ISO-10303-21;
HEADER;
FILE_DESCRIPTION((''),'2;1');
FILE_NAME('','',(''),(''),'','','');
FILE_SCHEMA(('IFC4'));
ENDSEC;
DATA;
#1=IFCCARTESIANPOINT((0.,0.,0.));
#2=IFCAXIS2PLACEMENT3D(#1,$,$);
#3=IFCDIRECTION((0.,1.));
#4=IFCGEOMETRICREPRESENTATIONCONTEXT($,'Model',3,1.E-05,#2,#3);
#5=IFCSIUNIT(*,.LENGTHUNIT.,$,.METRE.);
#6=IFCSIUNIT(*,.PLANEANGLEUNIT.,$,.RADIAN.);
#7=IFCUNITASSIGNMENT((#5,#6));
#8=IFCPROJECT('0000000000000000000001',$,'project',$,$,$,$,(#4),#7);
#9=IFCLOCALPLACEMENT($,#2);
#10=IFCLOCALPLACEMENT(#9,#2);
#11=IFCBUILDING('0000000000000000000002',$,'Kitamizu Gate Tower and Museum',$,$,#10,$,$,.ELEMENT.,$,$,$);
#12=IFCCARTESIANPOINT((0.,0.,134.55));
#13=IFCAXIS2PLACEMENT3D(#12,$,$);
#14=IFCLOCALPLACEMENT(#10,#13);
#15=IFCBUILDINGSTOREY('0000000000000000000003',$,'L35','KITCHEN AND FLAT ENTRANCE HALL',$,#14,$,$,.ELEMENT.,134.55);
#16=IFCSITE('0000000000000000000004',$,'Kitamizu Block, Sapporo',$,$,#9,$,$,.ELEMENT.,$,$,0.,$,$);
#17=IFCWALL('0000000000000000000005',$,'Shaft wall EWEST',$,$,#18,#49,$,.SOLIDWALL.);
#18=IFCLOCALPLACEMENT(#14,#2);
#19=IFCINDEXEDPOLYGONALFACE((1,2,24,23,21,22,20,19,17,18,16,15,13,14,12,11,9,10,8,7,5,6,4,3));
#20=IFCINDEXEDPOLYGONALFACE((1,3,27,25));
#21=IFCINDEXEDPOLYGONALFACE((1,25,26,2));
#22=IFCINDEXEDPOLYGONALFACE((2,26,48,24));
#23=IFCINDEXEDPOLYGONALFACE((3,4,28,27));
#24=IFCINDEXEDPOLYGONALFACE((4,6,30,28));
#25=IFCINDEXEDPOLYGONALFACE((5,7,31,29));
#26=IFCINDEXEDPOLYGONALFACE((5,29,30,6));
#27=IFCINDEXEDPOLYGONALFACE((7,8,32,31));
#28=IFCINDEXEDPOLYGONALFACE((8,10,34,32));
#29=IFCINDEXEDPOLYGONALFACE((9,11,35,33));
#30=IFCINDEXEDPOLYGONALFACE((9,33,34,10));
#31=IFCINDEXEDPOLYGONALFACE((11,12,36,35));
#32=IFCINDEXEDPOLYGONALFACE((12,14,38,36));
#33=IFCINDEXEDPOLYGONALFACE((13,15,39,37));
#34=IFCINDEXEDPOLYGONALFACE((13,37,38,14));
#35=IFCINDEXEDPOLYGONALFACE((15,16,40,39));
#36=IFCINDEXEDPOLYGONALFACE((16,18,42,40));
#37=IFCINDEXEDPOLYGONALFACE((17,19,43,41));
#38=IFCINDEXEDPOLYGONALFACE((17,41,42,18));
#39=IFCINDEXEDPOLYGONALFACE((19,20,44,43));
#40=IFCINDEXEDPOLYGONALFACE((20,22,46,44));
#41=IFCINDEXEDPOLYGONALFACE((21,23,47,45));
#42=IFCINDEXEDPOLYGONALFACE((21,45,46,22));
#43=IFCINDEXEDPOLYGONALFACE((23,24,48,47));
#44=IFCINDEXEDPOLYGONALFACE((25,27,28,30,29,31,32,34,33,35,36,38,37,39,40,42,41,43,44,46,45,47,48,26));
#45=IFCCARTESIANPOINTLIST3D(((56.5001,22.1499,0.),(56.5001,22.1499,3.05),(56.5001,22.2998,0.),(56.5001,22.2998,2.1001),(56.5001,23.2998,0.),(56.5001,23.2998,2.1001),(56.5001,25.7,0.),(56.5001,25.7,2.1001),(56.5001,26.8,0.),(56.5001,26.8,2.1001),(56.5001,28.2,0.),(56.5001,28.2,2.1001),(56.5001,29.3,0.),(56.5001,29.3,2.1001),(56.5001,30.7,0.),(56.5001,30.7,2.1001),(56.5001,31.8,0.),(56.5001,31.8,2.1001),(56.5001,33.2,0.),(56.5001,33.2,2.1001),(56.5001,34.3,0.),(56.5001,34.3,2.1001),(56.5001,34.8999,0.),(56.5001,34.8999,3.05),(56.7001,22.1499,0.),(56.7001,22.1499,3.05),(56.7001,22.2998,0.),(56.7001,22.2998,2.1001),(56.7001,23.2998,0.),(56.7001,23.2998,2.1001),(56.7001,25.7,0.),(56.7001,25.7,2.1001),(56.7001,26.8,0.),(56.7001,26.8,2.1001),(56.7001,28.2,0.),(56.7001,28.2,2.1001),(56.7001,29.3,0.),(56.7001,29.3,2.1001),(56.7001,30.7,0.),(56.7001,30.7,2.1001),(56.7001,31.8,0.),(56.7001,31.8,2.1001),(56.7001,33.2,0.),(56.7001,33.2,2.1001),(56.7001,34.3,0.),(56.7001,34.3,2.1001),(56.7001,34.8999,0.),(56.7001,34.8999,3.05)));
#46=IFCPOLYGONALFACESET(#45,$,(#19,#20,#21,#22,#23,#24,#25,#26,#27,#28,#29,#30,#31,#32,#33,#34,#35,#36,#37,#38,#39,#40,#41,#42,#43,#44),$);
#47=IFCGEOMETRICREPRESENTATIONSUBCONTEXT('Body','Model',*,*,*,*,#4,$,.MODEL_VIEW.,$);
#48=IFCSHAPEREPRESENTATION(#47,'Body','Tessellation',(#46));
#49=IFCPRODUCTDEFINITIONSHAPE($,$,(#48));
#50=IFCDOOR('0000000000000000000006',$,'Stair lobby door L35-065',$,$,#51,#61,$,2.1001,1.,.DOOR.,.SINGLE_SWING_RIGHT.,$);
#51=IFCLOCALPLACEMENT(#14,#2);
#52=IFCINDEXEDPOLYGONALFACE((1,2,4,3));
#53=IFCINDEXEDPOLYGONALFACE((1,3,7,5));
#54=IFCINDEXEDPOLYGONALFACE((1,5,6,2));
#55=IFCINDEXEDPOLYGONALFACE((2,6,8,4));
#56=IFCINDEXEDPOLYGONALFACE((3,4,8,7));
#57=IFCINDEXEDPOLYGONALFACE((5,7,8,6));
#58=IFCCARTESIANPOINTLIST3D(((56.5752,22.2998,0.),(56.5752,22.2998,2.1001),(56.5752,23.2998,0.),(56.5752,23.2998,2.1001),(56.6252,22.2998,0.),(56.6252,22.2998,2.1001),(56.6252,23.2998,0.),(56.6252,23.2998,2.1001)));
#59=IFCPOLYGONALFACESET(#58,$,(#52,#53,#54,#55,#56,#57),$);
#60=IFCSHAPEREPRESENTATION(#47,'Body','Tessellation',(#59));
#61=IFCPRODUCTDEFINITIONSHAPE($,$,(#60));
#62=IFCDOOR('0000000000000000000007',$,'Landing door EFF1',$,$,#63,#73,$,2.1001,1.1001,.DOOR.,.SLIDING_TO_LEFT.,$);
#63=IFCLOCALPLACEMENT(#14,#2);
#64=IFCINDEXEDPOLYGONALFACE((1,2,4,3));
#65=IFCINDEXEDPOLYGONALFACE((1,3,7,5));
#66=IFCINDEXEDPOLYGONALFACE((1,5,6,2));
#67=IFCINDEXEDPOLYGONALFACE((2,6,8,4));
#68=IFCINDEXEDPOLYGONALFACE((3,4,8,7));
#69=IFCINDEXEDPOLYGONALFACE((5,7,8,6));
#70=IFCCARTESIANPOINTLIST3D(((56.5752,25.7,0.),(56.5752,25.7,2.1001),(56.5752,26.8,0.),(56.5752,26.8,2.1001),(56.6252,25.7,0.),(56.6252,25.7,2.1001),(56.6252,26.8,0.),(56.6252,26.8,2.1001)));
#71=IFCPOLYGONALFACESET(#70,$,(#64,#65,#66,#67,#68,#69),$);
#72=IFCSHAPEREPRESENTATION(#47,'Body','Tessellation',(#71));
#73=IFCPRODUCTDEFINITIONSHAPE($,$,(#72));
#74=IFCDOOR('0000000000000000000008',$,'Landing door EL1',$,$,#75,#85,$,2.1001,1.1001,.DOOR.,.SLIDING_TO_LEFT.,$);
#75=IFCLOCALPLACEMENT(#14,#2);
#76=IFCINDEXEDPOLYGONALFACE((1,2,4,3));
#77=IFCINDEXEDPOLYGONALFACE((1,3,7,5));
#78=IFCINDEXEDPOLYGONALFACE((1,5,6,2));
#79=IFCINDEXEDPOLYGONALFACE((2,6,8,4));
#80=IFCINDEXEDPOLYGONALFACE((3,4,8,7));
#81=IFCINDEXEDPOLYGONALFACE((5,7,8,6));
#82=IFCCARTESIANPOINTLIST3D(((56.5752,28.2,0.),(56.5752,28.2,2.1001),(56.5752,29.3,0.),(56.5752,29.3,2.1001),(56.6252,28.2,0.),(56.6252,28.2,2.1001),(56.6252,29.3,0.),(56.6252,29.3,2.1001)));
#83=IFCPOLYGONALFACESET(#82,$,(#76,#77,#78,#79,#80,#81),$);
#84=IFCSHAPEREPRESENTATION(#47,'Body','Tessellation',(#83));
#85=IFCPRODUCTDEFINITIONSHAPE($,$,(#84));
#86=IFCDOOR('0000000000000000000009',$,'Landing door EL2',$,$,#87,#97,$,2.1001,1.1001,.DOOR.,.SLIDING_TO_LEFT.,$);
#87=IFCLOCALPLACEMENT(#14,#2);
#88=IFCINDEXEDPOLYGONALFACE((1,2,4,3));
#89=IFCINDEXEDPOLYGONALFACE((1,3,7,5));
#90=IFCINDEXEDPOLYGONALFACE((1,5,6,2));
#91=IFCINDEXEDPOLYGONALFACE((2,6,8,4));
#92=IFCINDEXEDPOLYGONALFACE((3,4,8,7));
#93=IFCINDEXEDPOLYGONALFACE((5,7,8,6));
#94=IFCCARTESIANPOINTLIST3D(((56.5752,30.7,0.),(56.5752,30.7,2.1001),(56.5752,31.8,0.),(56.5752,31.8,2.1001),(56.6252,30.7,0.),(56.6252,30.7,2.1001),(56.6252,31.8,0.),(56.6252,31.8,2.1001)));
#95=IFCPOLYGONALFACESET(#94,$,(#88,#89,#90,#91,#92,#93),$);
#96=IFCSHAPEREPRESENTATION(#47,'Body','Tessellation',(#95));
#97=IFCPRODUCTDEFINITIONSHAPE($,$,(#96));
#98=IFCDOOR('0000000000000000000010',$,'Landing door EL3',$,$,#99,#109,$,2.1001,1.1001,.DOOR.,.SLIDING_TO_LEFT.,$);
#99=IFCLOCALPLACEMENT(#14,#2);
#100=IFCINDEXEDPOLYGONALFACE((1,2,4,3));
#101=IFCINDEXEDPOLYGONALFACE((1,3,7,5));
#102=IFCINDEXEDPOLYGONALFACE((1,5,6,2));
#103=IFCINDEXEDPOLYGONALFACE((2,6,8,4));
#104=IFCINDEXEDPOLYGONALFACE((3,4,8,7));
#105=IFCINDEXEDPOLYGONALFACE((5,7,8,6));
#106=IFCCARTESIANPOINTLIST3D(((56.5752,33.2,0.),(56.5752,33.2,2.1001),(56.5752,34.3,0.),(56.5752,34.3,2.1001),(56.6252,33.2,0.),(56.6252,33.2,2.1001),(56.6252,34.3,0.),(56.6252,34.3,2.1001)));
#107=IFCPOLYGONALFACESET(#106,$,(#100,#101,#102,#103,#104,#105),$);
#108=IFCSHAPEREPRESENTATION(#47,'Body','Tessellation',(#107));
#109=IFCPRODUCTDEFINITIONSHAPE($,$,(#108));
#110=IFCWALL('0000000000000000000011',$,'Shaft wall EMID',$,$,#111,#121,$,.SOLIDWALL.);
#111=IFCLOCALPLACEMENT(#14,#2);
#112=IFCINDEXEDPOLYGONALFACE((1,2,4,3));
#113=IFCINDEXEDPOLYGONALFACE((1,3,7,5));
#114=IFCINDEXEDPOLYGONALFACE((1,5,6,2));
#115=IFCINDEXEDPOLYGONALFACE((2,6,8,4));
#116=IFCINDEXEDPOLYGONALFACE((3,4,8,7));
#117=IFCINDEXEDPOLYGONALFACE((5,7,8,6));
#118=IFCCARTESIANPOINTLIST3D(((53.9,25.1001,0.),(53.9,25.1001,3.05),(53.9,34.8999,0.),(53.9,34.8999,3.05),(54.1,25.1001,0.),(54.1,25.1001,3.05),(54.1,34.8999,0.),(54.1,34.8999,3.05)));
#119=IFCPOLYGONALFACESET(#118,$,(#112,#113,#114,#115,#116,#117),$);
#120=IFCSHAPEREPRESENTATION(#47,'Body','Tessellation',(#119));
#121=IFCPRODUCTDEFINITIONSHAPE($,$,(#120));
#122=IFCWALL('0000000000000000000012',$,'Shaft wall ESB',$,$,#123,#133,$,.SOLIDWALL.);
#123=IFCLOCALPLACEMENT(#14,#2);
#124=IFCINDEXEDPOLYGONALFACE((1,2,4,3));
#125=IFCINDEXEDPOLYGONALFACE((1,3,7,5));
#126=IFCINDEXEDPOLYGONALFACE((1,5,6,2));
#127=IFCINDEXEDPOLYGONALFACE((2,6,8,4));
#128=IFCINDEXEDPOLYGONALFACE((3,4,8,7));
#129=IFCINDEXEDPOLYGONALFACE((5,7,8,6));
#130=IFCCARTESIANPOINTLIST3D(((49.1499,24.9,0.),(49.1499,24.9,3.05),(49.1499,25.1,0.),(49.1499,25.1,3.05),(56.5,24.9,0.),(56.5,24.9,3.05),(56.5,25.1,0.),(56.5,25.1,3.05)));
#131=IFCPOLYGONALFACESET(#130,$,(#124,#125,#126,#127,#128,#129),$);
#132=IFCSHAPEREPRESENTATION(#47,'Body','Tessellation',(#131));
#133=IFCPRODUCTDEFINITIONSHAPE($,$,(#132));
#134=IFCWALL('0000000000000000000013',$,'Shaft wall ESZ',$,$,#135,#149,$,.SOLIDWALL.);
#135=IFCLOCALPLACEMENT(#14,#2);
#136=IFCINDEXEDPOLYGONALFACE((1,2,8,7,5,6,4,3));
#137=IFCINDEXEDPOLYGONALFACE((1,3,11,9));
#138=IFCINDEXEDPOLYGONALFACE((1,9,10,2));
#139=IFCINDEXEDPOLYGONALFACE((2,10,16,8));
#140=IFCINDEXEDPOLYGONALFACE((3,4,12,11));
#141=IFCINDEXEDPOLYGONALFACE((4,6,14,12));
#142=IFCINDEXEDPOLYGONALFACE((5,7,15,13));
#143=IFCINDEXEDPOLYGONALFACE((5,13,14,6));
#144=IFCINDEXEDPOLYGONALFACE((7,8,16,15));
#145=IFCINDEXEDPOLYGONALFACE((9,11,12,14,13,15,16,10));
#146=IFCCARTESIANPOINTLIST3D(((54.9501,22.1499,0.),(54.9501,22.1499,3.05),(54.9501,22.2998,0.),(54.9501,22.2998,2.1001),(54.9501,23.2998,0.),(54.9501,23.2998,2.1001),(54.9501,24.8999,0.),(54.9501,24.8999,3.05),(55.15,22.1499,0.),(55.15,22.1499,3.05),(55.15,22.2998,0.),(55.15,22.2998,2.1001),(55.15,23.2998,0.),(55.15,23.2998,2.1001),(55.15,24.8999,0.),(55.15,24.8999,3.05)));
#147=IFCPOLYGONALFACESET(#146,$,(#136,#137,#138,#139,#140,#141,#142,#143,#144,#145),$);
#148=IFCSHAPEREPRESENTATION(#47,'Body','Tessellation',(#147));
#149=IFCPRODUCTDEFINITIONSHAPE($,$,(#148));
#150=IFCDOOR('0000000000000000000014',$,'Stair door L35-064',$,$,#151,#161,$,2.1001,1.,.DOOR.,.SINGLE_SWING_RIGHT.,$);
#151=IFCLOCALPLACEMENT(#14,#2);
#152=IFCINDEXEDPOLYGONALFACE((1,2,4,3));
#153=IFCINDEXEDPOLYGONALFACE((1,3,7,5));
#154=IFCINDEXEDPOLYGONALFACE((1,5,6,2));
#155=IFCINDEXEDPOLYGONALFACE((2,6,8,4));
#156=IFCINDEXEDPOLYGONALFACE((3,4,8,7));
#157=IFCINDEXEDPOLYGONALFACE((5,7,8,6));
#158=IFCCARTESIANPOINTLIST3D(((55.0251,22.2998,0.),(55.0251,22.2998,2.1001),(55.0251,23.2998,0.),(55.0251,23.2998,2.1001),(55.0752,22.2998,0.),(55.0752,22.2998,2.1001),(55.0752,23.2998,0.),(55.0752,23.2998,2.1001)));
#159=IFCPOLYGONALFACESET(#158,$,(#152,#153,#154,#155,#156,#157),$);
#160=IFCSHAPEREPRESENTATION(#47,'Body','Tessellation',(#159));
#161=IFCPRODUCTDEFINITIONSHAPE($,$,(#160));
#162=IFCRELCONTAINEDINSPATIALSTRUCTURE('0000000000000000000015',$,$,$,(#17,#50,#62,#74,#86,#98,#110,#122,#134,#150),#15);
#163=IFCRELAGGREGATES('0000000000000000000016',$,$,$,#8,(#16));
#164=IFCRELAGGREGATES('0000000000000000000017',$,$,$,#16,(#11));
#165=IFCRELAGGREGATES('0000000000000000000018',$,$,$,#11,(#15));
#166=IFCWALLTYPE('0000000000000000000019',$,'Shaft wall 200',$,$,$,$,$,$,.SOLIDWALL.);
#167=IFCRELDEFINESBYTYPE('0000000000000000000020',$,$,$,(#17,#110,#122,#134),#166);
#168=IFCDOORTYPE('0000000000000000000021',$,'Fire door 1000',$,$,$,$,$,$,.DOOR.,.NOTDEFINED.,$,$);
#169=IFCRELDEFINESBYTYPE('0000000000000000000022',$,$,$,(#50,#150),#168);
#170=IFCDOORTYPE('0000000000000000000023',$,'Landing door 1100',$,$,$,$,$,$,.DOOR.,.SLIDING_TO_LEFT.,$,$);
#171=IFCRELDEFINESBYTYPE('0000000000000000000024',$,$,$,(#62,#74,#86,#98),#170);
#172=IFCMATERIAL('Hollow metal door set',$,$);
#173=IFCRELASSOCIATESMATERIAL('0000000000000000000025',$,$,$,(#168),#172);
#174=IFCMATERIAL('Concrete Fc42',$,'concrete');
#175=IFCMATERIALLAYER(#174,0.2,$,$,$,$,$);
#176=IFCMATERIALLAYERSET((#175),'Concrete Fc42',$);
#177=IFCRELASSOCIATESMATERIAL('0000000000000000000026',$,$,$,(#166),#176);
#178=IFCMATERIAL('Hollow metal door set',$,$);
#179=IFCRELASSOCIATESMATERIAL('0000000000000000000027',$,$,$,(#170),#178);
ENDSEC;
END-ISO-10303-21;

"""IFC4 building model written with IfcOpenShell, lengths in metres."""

from ifc_helpers import new_model, si_unit, direction, frame, frame_2d, origin, place, context, subcontext, project, spatial, rectangle, extrude, material, layer, layer_set, type_object, element, fill, save


model = new_model("IFC4")

# Units and contexts
model_context = context("Model", 3, precision=1e-05, world=origin(), true_north=direction((0.0, 1.0)))
body_context = subcontext(model_context, "Body", "Model", "MODEL_VIEW")
ifc_project = project(units=[si_unit("LENGTHUNIT", "METRE"), si_unit("PLANEANGLEUNIT", "RADIAN")], contexts=[model_context])

# Site, building, storey
site_placement = place(None, origin())
site = spatial("IfcSite", under=ifc_project, at=site_placement, Name="Kitamizu Block, Sapporo", CompositionType="ELEMENT", RefElevation=0.0)
building_placement = place(site_placement, origin())
building = spatial("IfcBuilding", under=site, at=building_placement, Name="Kitamizu Gate Tower and Museum", CompositionType="ELEMENT")
storey_placement = place(building_placement, frame((0.0, 0.0, 134.55)))
storey = spatial("IfcBuildingStorey", under=building, at=storey_placement, Name="L35", Description="KITCHEN AND FLAT ENTRANCE HALL", CompositionType="ELEMENT", Elevation=134.55)

# Shared definitions
ifc_material_1 = material(Name="Hollow metal door set")
door_type_1 = type_object("IfcDoorType", Name="Fire door 1000", OperationType="NOTDEFINED", PredefinedType="DOOR", material=ifc_material_1)

# Wall, openings, doors
ifc_material_2 = material(Name="Concrete Fc42", Category="concrete")
ifc_layer_1 = layer(ifc_material_2, 0.2)
ifc_layer_set_1 = layer_set([ifc_layer_1], Name="Concrete Fc42")
wall_type_1 = type_object("IfcWallType", Name="Shaft wall 200", PredefinedType="SOLIDWALL", material=ifc_layer_set_1)
wall_1_placement = place(storey_placement, frame((56.6001, 22.1499, 0.0), z_axis=(0.0, 0.0, 1.0), x_axis=(0.0, 1.0, 0.0)))
wall_1 = element("IfcWall", 1, at=wall_1_placement, inside=storey, type_object=wall_type_1, Name="Shaft wall EWEST", PredefinedType="SOLIDWALL", context=body_context, shape_type="SweptSolid", body=[
    extrude(rectangle(XDim=12.75, YDim=0.2, at=frame_2d((6.375, 0.0))), origin(), (0.0, 0.0, 1.0), 3.05),
])
opening_1_placement = place(wall_1_placement, frame((3.55, 0.0, 0.0)))
opening_1 = element("IfcOpeningElement", 2, at=opening_1_placement, cuts=wall_1, PredefinedType="OPENING", context=body_context, shape_type="SweptSolid", body=[
    extrude(rectangle(XDim=1.1001, YDim=2.1001, at=frame_2d((0.55, 1.05))), frame((0.0, 0.1099, 0.0), z_axis=(0.0, -1.0, 0.0), x_axis=(1.0, 0.0, 0.0)), (0.0, 0.0, 1.0), 0.22),
])
opening_2_placement = place(wall_1_placement, frame((6.05, 0.0, 0.0)))
opening_2 = element("IfcOpeningElement", 3, at=opening_2_placement, cuts=wall_1, PredefinedType="OPENING", context=body_context, shape_type="SweptSolid", body=[
    extrude(rectangle(XDim=1.1001, YDim=2.1001, at=frame_2d((0.55, 1.05))), frame((0.0, 0.1099, 0.0), z_axis=(0.0, -1.0, 0.0), x_axis=(1.0, 0.0, 0.0)), (0.0, 0.0, 1.0), 0.22),
])
opening_3_placement = place(wall_1_placement, frame((8.55, 0.0, 0.0)))
opening_3 = element("IfcOpeningElement", 4, at=opening_3_placement, cuts=wall_1, PredefinedType="OPENING", context=body_context, shape_type="SweptSolid", body=[
    extrude(rectangle(XDim=1.1001, YDim=2.1001, at=frame_2d((0.55, 1.05))), frame((0.0, 0.1099, 0.0), z_axis=(0.0, -1.0, 0.0), x_axis=(1.0, 0.0, 0.0)), (0.0, 0.0, 1.0), 0.22),
])
opening_4_placement = place(wall_1_placement, frame((11.05, 0.0, 0.0)))
opening_4 = element("IfcOpeningElement", 5, at=opening_4_placement, cuts=wall_1, PredefinedType="OPENING", context=body_context, shape_type="SweptSolid", body=[
    extrude(rectangle(XDim=1.1001, YDim=2.1001, at=frame_2d((0.55, 1.05))), frame((0.0, 0.1099, 0.0), z_axis=(0.0, -1.0, 0.0), x_axis=(1.0, 0.0, 0.0)), (0.0, 0.0, 1.0), 0.22),
])
opening_5_placement = place(wall_1_placement, frame((0.1499, 0.0, 0.0)))
opening_5 = element("IfcOpeningElement", 6, at=opening_5_placement, cuts=wall_1, PredefinedType="OPENING", context=body_context, shape_type="SweptSolid", body=[
    extrude(rectangle(XDim=1.0, YDim=2.1001, at=frame_2d((0.5, 1.05))), frame((0.0, 0.1099, 0.0), z_axis=(0.0, -1.0, 0.0), x_axis=(1.0, 0.0, 0.0)), (0.0, 0.0, 1.0), 0.22),
])
door_1_placement = place(opening_5_placement, origin())
door_1 = element("IfcDoor", 7, at=door_1_placement, inside=storey, type_object=door_type_1, Name="Stair lobby door L35-065", OperationType="SINGLE_SWING_RIGHT", OverallHeight=2.1001, OverallWidth=1.0, PredefinedType="DOOR", context=body_context, shape_type="SweptSolid", body=[
    extrude(rectangle(XDim=1.0, YDim=2.1001, at=frame_2d((0.5, 1.05))), frame((0.0, 0.0249, 0.0), z_axis=(0.0, -1.0, 0.0), x_axis=(1.0, 0.0, 0.0)), (0.0, 0.0, 1.0), 0.05),
])
fill(opening_5, door_1)
ifc_material_3 = material(Name="Hollow metal door set")
door_type_2 = type_object("IfcDoorType", Name="Landing door 1100", OperationType="SLIDING_TO_LEFT", PredefinedType="DOOR", material=ifc_material_3)
door_2_placement = place(opening_1_placement, origin())
door_2 = element("IfcDoor", 8, at=door_2_placement, inside=storey, type_object=door_type_2, Name="Landing door EFF1", OperationType="SLIDING_TO_LEFT", OverallHeight=2.1001, OverallWidth=1.1001, PredefinedType="DOOR", context=body_context, shape_type="SweptSolid", body=[
    extrude(rectangle(XDim=1.1001, YDim=2.1001, at=frame_2d((0.55, 1.05))), frame((0.0, 0.0249, 0.0), z_axis=(0.0, -1.0, 0.0), x_axis=(1.0, 0.0, 0.0)), (0.0, 0.0, 1.0), 0.05),
])
fill(opening_1, door_2)
door_3_placement = place(opening_2_placement, origin())
door_3 = element("IfcDoor", 9, at=door_3_placement, inside=storey, type_object=door_type_2, Name="Landing door EL1", OperationType="SLIDING_TO_LEFT", OverallHeight=2.1001, OverallWidth=1.1001, PredefinedType="DOOR", context=body_context, shape_type="SweptSolid", body=[
    extrude(rectangle(XDim=1.1001, YDim=2.1001, at=frame_2d((0.55, 1.05))), frame((0.0, 0.0249, 0.0), z_axis=(0.0, -1.0, 0.0), x_axis=(1.0, 0.0, 0.0)), (0.0, 0.0, 1.0), 0.05),
])
fill(opening_2, door_3)
door_4_placement = place(opening_3_placement, origin())
door_4 = element("IfcDoor", 10, at=door_4_placement, inside=storey, type_object=door_type_2, Name="Landing door EL2", OperationType="SLIDING_TO_LEFT", OverallHeight=2.1001, OverallWidth=1.1001, PredefinedType="DOOR", context=body_context, shape_type="SweptSolid", body=[
    extrude(rectangle(XDim=1.1001, YDim=2.1001, at=frame_2d((0.55, 1.05))), frame((0.0, 0.0249, 0.0), z_axis=(0.0, -1.0, 0.0), x_axis=(1.0, 0.0, 0.0)), (0.0, 0.0, 1.0), 0.05),
])
fill(opening_3, door_4)
door_5_placement = place(opening_4_placement, origin())
door_5 = element("IfcDoor", 11, at=door_5_placement, inside=storey, type_object=door_type_2, Name="Landing door EL3", OperationType="SLIDING_TO_LEFT", OverallHeight=2.1001, OverallWidth=1.1001, PredefinedType="DOOR", context=body_context, shape_type="SweptSolid", body=[
    extrude(rectangle(XDim=1.1001, YDim=2.1001, at=frame_2d((0.55, 1.05))), frame((0.0, 0.0249, 0.0), z_axis=(0.0, -1.0, 0.0), x_axis=(1.0, 0.0, 0.0)), (0.0, 0.0, 1.0), 0.05),
])
fill(opening_4, door_5)

# Walls
wall_2_placement = place(storey_placement, frame((54.0, 25.1001, 0.0), z_axis=(0.0, 0.0, 1.0), x_axis=(0.0, 1.0, 0.0)))
element("IfcWall", 12, at=wall_2_placement, inside=storey, type_object=wall_type_1, Name="Shaft wall EMID", PredefinedType="SOLIDWALL", context=body_context, shape_type="SweptSolid", body=[
    extrude(rectangle(XDim=9.7998, YDim=0.2, at=frame_2d((4.8999, 0.0))), origin(), (0.0, 0.0, 1.0), 3.05),
])
wall_3_placement = place(storey_placement, frame((56.5, 25.0, 0.0), z_axis=(0.0, 0.0, 1.0), x_axis=(-1.0, 0.0, 0.0)))
element("IfcWall", 13, at=wall_3_placement, inside=storey, type_object=wall_type_1, Name="Shaft wall ESB", PredefinedType="SOLIDWALL", context=body_context, shape_type="SweptSolid", body=[
    extrude(rectangle(XDim=7.3501, YDim=0.2, at=frame_2d((3.675, 0.0))), origin(), (0.0, 0.0, 1.0), 3.05),
])

# Wall, opening, door
wall_4_placement = place(storey_placement, frame((55.05, 22.1499, 0.0), z_axis=(0.0, 0.0, 1.0), x_axis=(0.0, 1.0, 0.0)))
wall_4 = element("IfcWall", 14, at=wall_4_placement, inside=storey, type_object=wall_type_1, Name="Shaft wall ESZ", PredefinedType="SOLIDWALL", context=body_context, shape_type="SweptSolid", body=[
    extrude(rectangle(XDim=2.75, YDim=0.2, at=frame_2d((1.375, 0.0))), origin(), (0.0, 0.0, 1.0), 3.05),
])
opening_6_placement = place(wall_4_placement, frame((0.1499, 0.0, 0.0)))
opening_6 = element("IfcOpeningElement", 15, at=opening_6_placement, cuts=wall_4, PredefinedType="OPENING", context=body_context, shape_type="SweptSolid", body=[
    extrude(rectangle(XDim=1.0, YDim=2.1001, at=frame_2d((0.5, 1.05))), frame((0.0, 0.1099, 0.0), z_axis=(0.0, -1.0, 0.0), x_axis=(1.0, 0.0, 0.0)), (0.0, 0.0, 1.0), 0.22),
])
door_6_placement = place(opening_6_placement, origin())
door_6 = element("IfcDoor", 16, at=door_6_placement, inside=storey, type_object=door_type_1, Name="Stair door L35-064", OperationType="SINGLE_SWING_RIGHT", OverallHeight=2.1001, OverallWidth=1.0, PredefinedType="DOOR", context=body_context, shape_type="SweptSolid", body=[
    extrude(rectangle(XDim=1.0, YDim=2.1001, at=frame_2d((0.5, 1.05))), frame((0.0, 0.0249, 0.0), z_axis=(0.0, -1.0, 0.0), x_axis=(1.0, 0.0, 0.0)), (0.0, 0.0, 1.0), 0.05),
])
fill(opening_6, door_6)

save(model, "model.ifc")
